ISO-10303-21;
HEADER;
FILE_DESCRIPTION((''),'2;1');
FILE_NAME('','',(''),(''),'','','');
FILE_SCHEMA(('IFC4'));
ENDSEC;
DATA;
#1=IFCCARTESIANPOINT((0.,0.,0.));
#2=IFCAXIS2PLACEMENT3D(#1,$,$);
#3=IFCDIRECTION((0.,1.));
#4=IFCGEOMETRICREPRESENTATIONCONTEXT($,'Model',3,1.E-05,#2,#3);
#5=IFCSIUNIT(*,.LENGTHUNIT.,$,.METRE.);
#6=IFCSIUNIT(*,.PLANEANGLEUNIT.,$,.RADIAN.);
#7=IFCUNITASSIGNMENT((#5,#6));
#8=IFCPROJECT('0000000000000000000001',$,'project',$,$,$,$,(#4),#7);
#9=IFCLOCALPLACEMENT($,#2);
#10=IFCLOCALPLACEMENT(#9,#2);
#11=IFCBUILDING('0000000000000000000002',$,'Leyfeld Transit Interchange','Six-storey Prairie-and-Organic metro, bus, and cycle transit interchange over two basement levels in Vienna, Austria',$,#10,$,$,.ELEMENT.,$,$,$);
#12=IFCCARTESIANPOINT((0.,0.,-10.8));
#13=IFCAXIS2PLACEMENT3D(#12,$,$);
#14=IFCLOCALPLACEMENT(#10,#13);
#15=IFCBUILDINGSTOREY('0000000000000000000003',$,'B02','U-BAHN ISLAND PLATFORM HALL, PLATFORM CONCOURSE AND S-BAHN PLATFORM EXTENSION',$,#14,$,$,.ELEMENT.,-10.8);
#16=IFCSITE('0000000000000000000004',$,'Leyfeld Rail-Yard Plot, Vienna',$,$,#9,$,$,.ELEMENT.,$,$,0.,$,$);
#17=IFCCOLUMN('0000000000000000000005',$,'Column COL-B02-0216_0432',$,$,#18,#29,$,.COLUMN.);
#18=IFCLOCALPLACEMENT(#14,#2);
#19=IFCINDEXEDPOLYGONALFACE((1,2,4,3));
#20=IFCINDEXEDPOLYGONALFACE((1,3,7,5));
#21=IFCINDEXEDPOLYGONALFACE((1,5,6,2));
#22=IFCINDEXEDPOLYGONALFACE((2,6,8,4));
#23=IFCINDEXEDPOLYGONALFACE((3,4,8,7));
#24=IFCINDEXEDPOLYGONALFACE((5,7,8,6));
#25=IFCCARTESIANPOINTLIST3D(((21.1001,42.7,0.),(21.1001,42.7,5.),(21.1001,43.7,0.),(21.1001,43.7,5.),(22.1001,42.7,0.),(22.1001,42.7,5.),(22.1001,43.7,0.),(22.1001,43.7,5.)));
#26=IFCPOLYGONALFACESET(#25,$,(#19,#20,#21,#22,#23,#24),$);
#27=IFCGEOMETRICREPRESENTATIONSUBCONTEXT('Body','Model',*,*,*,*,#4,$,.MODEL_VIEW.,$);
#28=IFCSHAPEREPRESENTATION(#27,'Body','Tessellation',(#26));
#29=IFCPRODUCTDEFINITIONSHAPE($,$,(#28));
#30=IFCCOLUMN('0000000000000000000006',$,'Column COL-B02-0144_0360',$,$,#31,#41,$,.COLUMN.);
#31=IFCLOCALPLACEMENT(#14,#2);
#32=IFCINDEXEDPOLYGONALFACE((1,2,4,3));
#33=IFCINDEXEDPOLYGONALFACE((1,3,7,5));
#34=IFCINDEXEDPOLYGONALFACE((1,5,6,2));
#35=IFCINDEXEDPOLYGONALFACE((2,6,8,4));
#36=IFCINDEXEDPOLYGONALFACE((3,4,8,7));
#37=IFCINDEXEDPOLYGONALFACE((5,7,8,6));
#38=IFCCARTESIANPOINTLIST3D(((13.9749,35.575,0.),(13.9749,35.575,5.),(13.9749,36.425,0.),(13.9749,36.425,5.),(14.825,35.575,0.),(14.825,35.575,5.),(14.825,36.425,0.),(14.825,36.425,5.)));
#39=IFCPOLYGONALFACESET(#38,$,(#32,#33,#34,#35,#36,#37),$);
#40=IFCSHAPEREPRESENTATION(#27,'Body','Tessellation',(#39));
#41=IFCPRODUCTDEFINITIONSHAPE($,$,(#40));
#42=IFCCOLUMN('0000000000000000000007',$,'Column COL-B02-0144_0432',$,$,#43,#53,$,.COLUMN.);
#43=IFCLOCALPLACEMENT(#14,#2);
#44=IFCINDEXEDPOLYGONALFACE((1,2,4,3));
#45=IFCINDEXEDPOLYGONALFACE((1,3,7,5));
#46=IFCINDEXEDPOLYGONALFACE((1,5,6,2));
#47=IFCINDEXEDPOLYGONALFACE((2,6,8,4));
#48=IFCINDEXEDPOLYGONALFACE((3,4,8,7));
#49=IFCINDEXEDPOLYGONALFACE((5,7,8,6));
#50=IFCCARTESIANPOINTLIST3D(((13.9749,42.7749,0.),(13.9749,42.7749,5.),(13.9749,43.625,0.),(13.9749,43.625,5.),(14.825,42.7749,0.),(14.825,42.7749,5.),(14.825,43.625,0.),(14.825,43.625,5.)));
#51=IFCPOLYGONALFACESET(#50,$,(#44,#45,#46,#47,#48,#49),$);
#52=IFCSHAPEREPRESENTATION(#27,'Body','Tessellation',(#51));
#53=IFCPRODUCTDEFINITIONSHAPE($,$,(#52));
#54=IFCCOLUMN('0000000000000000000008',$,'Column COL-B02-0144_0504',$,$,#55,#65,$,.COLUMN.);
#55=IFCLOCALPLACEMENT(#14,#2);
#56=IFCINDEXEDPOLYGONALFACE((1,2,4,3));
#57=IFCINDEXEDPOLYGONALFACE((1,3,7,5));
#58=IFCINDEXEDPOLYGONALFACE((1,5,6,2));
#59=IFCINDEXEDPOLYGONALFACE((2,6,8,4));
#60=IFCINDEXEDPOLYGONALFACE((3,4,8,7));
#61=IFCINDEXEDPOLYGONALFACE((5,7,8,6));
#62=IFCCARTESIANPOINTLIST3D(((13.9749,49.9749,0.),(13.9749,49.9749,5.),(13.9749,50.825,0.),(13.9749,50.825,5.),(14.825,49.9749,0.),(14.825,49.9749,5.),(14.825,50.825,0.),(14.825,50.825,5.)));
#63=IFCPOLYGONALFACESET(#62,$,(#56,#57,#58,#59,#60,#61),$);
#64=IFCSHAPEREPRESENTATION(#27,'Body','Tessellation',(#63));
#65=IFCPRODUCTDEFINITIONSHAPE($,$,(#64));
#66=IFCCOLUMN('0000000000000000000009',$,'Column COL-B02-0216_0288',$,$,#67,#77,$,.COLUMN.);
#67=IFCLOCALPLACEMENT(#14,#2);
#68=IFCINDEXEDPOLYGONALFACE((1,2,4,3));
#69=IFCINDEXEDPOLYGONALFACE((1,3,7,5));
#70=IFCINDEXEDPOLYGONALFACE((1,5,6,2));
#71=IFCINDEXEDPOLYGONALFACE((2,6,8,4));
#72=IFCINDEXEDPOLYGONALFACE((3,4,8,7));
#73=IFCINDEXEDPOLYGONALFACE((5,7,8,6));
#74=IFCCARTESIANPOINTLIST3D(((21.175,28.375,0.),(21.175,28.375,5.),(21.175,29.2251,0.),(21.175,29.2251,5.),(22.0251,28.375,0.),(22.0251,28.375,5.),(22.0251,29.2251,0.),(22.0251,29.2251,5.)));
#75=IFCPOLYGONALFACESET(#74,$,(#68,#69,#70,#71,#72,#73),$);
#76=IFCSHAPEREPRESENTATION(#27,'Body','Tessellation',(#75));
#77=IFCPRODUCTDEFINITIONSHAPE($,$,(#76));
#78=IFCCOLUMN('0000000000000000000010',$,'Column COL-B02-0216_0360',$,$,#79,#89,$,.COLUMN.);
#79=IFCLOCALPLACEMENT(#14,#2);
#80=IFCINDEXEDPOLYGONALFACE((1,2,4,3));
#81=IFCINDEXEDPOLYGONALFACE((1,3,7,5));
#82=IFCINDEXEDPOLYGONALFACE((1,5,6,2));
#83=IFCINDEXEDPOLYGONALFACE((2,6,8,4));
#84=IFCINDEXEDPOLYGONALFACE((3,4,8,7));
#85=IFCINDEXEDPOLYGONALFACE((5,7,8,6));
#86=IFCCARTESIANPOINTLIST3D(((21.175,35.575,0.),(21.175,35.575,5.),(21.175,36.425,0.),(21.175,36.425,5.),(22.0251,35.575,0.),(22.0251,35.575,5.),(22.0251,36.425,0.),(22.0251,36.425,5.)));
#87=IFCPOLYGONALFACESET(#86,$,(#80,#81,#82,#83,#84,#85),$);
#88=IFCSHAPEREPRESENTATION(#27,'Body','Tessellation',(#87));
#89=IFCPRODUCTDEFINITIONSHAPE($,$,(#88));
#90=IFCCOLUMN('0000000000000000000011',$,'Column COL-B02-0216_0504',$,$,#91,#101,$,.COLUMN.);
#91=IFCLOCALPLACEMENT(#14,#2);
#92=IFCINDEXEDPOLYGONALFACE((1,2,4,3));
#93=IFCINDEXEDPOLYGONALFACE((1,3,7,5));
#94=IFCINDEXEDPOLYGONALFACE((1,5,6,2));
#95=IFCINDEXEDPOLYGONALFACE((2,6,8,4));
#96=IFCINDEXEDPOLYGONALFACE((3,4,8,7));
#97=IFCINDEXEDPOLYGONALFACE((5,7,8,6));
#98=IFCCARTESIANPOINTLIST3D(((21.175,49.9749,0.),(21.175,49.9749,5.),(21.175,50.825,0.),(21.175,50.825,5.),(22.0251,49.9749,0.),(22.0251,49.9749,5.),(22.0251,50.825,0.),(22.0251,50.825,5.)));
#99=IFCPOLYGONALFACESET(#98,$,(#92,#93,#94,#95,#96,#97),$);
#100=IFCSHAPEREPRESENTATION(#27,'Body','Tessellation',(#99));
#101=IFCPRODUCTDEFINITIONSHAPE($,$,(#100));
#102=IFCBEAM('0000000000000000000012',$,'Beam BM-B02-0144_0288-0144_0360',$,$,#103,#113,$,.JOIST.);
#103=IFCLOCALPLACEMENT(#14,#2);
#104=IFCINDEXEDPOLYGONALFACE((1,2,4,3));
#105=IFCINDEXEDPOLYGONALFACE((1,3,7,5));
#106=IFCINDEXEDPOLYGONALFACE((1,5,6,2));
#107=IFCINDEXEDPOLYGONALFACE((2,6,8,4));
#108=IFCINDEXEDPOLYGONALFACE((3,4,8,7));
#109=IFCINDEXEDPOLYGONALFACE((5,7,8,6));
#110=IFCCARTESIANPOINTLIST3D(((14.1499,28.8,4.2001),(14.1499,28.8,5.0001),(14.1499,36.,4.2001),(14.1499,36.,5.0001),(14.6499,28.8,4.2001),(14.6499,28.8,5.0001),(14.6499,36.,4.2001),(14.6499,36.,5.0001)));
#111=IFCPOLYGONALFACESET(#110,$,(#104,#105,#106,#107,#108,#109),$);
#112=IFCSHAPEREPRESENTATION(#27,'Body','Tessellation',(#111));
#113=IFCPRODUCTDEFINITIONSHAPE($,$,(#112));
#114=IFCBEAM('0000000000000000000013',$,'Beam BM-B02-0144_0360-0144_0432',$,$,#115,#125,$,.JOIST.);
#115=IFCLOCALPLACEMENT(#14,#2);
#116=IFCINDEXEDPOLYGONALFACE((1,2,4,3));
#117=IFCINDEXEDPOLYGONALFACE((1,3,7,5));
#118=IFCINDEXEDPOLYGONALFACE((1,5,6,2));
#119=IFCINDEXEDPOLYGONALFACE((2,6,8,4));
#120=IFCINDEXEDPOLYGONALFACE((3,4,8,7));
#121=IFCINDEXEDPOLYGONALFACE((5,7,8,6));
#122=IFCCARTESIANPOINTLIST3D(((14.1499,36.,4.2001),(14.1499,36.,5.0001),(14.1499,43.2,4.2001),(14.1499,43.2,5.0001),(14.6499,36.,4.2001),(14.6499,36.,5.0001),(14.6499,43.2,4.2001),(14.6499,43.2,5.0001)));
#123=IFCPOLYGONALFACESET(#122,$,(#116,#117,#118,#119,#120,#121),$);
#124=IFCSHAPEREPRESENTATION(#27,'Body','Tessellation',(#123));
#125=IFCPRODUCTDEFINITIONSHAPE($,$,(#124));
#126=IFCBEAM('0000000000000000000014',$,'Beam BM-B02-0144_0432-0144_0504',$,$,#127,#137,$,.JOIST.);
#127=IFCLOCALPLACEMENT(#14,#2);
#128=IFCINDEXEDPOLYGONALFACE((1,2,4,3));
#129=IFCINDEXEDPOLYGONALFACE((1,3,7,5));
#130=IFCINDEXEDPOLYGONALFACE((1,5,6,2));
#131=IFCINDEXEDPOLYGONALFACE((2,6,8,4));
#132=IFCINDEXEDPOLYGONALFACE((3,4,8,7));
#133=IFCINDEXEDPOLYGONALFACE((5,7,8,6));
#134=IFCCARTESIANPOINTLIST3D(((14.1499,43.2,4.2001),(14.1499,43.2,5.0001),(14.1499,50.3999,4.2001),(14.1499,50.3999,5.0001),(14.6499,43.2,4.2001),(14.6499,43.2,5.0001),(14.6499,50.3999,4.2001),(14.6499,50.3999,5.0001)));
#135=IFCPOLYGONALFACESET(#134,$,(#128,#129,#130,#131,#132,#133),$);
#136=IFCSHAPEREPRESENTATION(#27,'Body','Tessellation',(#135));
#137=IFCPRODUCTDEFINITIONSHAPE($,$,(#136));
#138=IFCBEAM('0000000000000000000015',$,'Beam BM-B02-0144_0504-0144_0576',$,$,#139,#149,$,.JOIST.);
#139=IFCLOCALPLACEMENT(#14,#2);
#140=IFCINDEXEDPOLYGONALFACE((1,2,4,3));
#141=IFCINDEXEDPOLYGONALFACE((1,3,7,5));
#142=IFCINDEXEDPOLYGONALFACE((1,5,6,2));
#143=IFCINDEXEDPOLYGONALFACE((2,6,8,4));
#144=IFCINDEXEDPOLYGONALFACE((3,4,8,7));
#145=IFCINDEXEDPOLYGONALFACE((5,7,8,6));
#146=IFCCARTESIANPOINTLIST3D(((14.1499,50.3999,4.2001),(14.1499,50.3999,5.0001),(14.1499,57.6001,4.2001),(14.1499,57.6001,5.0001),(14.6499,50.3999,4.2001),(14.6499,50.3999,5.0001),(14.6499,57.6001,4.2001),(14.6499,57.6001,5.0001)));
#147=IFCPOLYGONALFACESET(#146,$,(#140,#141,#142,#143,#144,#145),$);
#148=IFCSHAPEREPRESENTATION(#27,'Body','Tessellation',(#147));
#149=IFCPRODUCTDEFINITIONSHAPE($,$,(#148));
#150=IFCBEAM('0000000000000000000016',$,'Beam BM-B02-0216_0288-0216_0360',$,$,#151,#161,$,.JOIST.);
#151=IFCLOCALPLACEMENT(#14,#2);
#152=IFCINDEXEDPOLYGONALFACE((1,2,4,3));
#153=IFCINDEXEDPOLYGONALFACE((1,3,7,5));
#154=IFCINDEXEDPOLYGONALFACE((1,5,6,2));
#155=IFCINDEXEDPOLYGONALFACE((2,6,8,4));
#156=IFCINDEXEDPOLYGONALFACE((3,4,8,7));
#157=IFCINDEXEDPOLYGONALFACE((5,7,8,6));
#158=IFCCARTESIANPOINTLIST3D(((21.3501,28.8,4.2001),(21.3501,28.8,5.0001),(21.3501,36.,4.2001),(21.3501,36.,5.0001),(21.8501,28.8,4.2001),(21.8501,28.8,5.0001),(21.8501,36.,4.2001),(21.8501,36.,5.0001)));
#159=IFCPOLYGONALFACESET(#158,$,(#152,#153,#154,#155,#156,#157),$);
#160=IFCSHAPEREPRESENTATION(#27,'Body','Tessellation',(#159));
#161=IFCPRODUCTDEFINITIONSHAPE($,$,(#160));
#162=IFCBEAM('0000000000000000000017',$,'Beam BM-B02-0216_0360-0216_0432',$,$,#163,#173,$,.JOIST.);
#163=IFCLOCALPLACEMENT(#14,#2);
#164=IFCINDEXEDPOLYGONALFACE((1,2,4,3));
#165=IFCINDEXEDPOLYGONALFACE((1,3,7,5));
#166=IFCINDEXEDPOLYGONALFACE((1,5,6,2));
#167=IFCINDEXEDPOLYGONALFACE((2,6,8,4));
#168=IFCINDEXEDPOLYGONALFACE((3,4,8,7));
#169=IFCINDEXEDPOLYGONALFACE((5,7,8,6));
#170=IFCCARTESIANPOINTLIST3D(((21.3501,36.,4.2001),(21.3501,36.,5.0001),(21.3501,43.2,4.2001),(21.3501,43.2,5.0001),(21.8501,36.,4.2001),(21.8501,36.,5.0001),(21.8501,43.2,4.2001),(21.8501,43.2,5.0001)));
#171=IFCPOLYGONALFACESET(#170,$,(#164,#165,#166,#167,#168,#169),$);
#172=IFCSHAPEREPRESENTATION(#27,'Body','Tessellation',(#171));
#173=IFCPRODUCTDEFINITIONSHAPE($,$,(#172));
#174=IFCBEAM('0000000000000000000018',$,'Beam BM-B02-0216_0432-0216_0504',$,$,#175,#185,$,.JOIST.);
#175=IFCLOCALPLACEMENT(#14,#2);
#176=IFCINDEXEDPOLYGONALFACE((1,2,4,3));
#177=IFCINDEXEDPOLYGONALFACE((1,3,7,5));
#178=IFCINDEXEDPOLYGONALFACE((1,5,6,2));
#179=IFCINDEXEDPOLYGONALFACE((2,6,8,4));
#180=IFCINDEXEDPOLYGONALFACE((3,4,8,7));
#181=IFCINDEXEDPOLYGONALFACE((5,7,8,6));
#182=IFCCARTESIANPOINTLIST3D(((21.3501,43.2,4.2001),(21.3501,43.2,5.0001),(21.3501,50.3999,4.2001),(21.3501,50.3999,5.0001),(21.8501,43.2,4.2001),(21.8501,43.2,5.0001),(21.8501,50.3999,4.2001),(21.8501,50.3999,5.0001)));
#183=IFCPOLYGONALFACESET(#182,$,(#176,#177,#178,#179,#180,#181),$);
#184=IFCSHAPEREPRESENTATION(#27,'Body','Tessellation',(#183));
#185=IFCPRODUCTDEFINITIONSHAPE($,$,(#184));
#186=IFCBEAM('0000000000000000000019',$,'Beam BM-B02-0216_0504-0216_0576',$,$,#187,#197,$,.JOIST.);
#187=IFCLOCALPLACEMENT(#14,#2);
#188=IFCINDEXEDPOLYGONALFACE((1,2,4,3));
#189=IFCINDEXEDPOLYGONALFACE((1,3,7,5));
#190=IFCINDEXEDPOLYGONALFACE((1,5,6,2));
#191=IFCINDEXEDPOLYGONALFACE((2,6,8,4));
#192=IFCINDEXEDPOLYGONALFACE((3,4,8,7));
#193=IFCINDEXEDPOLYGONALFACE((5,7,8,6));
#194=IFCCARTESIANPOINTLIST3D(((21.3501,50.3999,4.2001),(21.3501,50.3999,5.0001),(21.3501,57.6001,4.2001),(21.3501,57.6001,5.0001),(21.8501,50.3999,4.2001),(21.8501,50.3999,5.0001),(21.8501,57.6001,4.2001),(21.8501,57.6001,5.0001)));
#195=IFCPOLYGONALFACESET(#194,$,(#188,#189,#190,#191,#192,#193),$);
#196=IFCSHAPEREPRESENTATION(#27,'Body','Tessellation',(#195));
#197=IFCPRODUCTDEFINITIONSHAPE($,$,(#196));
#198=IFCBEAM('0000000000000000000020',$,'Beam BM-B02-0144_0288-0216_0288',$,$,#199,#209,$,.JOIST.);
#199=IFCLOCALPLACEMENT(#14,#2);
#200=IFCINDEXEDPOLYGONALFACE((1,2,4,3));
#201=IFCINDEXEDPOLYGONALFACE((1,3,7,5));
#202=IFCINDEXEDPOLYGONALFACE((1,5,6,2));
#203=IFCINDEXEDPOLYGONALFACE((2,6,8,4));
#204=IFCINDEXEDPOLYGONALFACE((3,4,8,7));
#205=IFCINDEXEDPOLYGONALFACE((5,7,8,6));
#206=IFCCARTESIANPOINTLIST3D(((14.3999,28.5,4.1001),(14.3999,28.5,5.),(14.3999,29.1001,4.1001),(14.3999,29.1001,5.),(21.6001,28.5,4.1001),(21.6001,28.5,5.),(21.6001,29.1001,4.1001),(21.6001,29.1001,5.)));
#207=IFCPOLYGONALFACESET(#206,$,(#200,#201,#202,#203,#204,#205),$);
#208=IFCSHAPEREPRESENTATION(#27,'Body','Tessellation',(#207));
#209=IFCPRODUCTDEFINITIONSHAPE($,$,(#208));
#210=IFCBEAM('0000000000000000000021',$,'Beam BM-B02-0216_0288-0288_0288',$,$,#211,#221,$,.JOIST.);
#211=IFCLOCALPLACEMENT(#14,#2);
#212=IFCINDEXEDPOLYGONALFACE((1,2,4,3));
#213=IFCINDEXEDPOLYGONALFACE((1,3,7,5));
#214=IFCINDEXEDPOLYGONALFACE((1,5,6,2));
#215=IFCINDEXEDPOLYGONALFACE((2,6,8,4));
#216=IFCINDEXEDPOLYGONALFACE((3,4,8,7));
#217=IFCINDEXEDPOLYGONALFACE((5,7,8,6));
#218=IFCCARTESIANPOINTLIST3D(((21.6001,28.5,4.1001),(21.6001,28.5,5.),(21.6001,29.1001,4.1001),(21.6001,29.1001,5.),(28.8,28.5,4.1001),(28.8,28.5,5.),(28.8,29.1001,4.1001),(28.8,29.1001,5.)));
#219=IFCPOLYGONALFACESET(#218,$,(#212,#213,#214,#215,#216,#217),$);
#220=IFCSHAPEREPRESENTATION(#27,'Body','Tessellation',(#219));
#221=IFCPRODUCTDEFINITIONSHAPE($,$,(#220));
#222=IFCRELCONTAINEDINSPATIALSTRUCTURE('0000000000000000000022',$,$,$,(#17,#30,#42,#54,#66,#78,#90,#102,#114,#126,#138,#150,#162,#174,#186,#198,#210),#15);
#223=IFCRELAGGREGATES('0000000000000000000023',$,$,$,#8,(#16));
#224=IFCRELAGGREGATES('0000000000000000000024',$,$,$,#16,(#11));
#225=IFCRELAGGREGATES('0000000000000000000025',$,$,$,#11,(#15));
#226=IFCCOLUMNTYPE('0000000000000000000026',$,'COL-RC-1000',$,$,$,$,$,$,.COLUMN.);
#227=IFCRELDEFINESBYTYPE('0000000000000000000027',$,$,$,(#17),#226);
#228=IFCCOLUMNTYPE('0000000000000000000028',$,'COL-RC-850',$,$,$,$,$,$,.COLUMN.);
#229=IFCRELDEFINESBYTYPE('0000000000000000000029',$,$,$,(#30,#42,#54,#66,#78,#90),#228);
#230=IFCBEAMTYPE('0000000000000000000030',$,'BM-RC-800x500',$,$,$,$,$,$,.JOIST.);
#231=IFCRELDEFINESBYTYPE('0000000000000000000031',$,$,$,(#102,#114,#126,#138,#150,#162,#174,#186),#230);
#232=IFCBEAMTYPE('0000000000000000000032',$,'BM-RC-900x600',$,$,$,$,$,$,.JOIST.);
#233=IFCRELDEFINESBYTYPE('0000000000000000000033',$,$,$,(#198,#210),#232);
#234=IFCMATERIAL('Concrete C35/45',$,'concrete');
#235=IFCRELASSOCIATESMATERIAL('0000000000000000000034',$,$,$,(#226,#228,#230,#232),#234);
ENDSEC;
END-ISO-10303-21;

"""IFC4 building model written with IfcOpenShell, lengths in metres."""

from ifc_helpers import new_model, si_unit, direction, frame, origin, origin_2d, place, context, subcontext, project, spatial, rectangle, extrude, material, material_profile, profile_set, type_object, element, save


model = new_model("IFC4")

# Units and contexts
model_context = context("Model", 3, precision=1e-05, world=origin(), true_north=direction((0.0, 1.0)))
body_context = subcontext(model_context, "Body", "Model", "MODEL_VIEW")
ifc_project = project(units=[si_unit("LENGTHUNIT", "METRE"), si_unit("PLANEANGLEUNIT", "RADIAN")], contexts=[model_context])

# Site, building, storey
site_placement = place(None, origin())
site = spatial("IfcSite", under=ifc_project, at=site_placement, Name="Leyfeld Rail-Yard Plot, Vienna", CompositionType="ELEMENT", RefElevation=0.0)
building_placement = place(site_placement, origin())
building = spatial("IfcBuilding", under=site, at=building_placement, Name="Leyfeld Transit Interchange", Description="Six-storey Prairie-and-Organic metro, bus, and cycle transit interchange over two basement levels in Vienna, Austria", CompositionType="ELEMENT")
storey_placement = place(building_placement, frame((0.0, 0.0, -10.8)))
storey = spatial("IfcBuildingStorey", under=building, at=storey_placement, Name="B02", Description="U-BAHN ISLAND PLATFORM HALL, PLATFORM CONCOURSE AND S-BAHN PLATFORM EXTENSION", CompositionType="ELEMENT", Elevation=-10.8)

# Shared definitions
ifc_material = material(Name="Concrete C35/45", Category="concrete")

# Columns
ifc_material_profile_1 = material_profile(ifc_material, rectangle(XDim=1.0, YDim=1.0, at=origin_2d()), Name="RC 1000x1000")
ifc_profile_set_1 = profile_set([ifc_material_profile_1], Name="Concrete C35/45")
column_type_1 = type_object("IfcColumnType", Name="COL-RC-1000", PredefinedType="COLUMN", material=ifc_profile_set_1)
column_placement = place(storey_placement, frame((21.6001, 43.2, 0.0), z_axis=(0.0, 0.0, 1.0), x_axis=(1.0, 0.0, 0.0)))
element("IfcColumn", 1, at=column_placement, inside=storey, type_object=column_type_1, Name="Column COL-B02-0216_0432", PredefinedType="COLUMN", context=body_context, shape_type="SweptSolid", body=[
    extrude(rectangle(XDim=1.0, YDim=1.0, at=origin_2d()), origin(), (0.0, 0.0, 1.0), 5.0),
])
ifc_material_profile_2 = material_profile(ifc_material, rectangle(XDim=0.8501, YDim=0.8501, at=origin_2d()), Name="RC 850x850")
ifc_profile_set_2 = profile_set([ifc_material_profile_2], Name="Concrete C35/45")
column_type_2 = type_object("IfcColumnType", Name="COL-RC-850", PredefinedType="COLUMN", material=ifc_profile_set_2)
for number, where, z_axis, x_axis, name in (
    (2, (14.3999, 36.0, 0.0), (0.0, 0.0, 1.0), (1.0, 0.0, 0.0), "Column COL-B02-0144_0360"),
    (3, (14.3999, 43.2, 0.0), (0.0, 0.0, 1.0), (1.0, 0.0, 0.0), "Column COL-B02-0144_0432"),
    (4, (14.3999, 50.3999, 0.0), (0.0, 0.0, 1.0), (1.0, 0.0, 0.0), "Column COL-B02-0144_0504"),
    (5, (21.6001, 28.8, 0.0), (0.0, 0.0, 1.0), (1.0, 0.0, 0.0), "Column COL-B02-0216_0288"),
    (6, (21.6001, 36.0, 0.0), (0.0, 0.0, 1.0), (1.0, 0.0, 0.0), "Column COL-B02-0216_0360"),
    (7, (21.6001, 50.3999, 0.0), (0.0, 0.0, 1.0), (1.0, 0.0, 0.0), "Column COL-B02-0216_0504"),
):
    element("IfcColumn", number, at=place(storey_placement, frame(where, z_axis=z_axis, x_axis=x_axis)), inside=storey, type_object=column_type_2, Name=name, PredefinedType="COLUMN", context=body_context, shape_type="SweptSolid", body=[
        extrude(rectangle(XDim=0.8501, YDim=0.8501, at=origin_2d()), origin(), (0.0, 0.0, 1.0), 5.0),
    ])

# Beams
ifc_material_profile_3 = material_profile(ifc_material, rectangle(XDim=0.5, YDim=0.8, at=origin_2d()), Name="RC 800x500")
ifc_profile_set_3 = profile_set([ifc_material_profile_3], Name="Concrete C35/45")
beam_type_1 = type_object("IfcBeamType", Name="BM-RC-800x500", PredefinedType="JOIST", material=ifc_profile_set_3)
for number, where, z_axis, x_axis, name in (
    (8, (14.3999, 28.8, 4.6001), (0.0, 1.0, 0.0), (-1.0, 0.0, 0.0), "Beam BM-B02-0144_0288-0144_0360"),
    (9, (14.3999, 36.0, 4.6001), (0.0, 1.0, 0.0), (-1.0, 0.0, 0.0), "Beam BM-B02-0144_0360-0144_0432"),
    (10, (14.3999, 43.2, 4.6001), (0.0, 1.0, 0.0), (-1.0, 0.0, 0.0), "Beam BM-B02-0144_0432-0144_0504"),
):
    element("IfcBeam", number, at=place(storey_placement, frame(where, z_axis=z_axis, x_axis=x_axis)), inside=storey, type_object=beam_type_1, Name=name, PredefinedType="JOIST", context=body_context, shape_type="SweptSolid", body=[
        extrude(rectangle(XDim=0.5, YDim=0.8, at=origin_2d()), origin(), (0.0, 0.0, 1.0), 7.2),
    ])
beam_1_placement = place(storey_placement, frame((14.3999, 50.3999, 4.6001), z_axis=(0.0, 1.0, 0.0), x_axis=(-1.0, 0.0, 0.0)))
element("IfcBeam", 11, at=beam_1_placement, inside=storey, type_object=beam_type_1, Name="Beam BM-B02-0144_0504-0144_0576", PredefinedType="JOIST", context=body_context, shape_type="SweptSolid", body=[
    extrude(rectangle(XDim=0.5, YDim=0.8, at=origin_2d()), origin(), (0.0, 0.0, 1.0), 7.2002),
])
for number, where, z_axis, x_axis, name in (
    (12, (21.6001, 28.8, 4.6001), (0.0, 1.0, 0.0), (-1.0, 0.0, 0.0), "Beam BM-B02-0216_0288-0216_0360"),
    (13, (21.6001, 36.0, 4.6001), (0.0, 1.0, 0.0), (-1.0, 0.0, 0.0), "Beam BM-B02-0216_0360-0216_0432"),
    (14, (21.6001, 43.2, 4.6001), (0.0, 1.0, 0.0), (-1.0, 0.0, 0.0), "Beam BM-B02-0216_0432-0216_0504"),
):
    element("IfcBeam", number, at=place(storey_placement, frame(where, z_axis=z_axis, x_axis=x_axis)), inside=storey, type_object=beam_type_1, Name=name, PredefinedType="JOIST", context=body_context, shape_type="SweptSolid", body=[
        extrude(rectangle(XDim=0.5, YDim=0.8, at=origin_2d()), origin(), (0.0, 0.0, 1.0), 7.2),
    ])
beam_2_placement = place(storey_placement, frame((21.6001, 50.3999, 4.6001), z_axis=(0.0, 1.0, 0.0), x_axis=(-1.0, 0.0, 0.0)))
element("IfcBeam", 15, at=beam_2_placement, inside=storey, type_object=beam_type_1, Name="Beam BM-B02-0216_0504-0216_0576", PredefinedType="JOIST", context=body_context, shape_type="SweptSolid", body=[
    extrude(rectangle(XDim=0.5, YDim=0.8, at=origin_2d()), origin(), (0.0, 0.0, 1.0), 7.2002),
])
ifc_material_profile_4 = material_profile(ifc_material, rectangle(XDim=0.6001, YDim=0.8999, at=origin_2d()), Name="RC 900x600")
ifc_profile_set_4 = profile_set([ifc_material_profile_4], Name="Concrete C35/45")
beam_type_2 = type_object("IfcBeamType", Name="BM-RC-900x600", PredefinedType="JOIST", material=ifc_profile_set_4)
beam_3_placement = place(storey_placement, frame((14.3999, 28.8, 4.55), z_axis=(1.0, 0.0, 0.0), x_axis=(0.0, 1.0, 0.0)))
element("IfcBeam", 16, at=beam_3_placement, inside=storey, type_object=beam_type_2, Name="Beam BM-B02-0144_0288-0216_0288", PredefinedType="JOIST", context=body_context, shape_type="SweptSolid", body=[
    extrude(rectangle(XDim=0.6001, YDim=0.8999, at=origin_2d()), origin(), (0.0, 0.0, 1.0), 7.2002),
])
beam_4_placement = place(storey_placement, frame((21.6001, 28.8, 4.55), z_axis=(1.0, 0.0, 0.0), x_axis=(0.0, 1.0, 0.0)))
element("IfcBeam", 17, at=beam_4_placement, inside=storey, type_object=beam_type_2, Name="Beam BM-B02-0216_0288-0288_0288", PredefinedType="JOIST", context=body_context, shape_type="SweptSolid", body=[
    extrude(rectangle(XDim=0.6001, YDim=0.8999, at=origin_2d()), origin(), (0.0, 0.0, 1.0), 7.2),
])

save(model, "model.ifc")
